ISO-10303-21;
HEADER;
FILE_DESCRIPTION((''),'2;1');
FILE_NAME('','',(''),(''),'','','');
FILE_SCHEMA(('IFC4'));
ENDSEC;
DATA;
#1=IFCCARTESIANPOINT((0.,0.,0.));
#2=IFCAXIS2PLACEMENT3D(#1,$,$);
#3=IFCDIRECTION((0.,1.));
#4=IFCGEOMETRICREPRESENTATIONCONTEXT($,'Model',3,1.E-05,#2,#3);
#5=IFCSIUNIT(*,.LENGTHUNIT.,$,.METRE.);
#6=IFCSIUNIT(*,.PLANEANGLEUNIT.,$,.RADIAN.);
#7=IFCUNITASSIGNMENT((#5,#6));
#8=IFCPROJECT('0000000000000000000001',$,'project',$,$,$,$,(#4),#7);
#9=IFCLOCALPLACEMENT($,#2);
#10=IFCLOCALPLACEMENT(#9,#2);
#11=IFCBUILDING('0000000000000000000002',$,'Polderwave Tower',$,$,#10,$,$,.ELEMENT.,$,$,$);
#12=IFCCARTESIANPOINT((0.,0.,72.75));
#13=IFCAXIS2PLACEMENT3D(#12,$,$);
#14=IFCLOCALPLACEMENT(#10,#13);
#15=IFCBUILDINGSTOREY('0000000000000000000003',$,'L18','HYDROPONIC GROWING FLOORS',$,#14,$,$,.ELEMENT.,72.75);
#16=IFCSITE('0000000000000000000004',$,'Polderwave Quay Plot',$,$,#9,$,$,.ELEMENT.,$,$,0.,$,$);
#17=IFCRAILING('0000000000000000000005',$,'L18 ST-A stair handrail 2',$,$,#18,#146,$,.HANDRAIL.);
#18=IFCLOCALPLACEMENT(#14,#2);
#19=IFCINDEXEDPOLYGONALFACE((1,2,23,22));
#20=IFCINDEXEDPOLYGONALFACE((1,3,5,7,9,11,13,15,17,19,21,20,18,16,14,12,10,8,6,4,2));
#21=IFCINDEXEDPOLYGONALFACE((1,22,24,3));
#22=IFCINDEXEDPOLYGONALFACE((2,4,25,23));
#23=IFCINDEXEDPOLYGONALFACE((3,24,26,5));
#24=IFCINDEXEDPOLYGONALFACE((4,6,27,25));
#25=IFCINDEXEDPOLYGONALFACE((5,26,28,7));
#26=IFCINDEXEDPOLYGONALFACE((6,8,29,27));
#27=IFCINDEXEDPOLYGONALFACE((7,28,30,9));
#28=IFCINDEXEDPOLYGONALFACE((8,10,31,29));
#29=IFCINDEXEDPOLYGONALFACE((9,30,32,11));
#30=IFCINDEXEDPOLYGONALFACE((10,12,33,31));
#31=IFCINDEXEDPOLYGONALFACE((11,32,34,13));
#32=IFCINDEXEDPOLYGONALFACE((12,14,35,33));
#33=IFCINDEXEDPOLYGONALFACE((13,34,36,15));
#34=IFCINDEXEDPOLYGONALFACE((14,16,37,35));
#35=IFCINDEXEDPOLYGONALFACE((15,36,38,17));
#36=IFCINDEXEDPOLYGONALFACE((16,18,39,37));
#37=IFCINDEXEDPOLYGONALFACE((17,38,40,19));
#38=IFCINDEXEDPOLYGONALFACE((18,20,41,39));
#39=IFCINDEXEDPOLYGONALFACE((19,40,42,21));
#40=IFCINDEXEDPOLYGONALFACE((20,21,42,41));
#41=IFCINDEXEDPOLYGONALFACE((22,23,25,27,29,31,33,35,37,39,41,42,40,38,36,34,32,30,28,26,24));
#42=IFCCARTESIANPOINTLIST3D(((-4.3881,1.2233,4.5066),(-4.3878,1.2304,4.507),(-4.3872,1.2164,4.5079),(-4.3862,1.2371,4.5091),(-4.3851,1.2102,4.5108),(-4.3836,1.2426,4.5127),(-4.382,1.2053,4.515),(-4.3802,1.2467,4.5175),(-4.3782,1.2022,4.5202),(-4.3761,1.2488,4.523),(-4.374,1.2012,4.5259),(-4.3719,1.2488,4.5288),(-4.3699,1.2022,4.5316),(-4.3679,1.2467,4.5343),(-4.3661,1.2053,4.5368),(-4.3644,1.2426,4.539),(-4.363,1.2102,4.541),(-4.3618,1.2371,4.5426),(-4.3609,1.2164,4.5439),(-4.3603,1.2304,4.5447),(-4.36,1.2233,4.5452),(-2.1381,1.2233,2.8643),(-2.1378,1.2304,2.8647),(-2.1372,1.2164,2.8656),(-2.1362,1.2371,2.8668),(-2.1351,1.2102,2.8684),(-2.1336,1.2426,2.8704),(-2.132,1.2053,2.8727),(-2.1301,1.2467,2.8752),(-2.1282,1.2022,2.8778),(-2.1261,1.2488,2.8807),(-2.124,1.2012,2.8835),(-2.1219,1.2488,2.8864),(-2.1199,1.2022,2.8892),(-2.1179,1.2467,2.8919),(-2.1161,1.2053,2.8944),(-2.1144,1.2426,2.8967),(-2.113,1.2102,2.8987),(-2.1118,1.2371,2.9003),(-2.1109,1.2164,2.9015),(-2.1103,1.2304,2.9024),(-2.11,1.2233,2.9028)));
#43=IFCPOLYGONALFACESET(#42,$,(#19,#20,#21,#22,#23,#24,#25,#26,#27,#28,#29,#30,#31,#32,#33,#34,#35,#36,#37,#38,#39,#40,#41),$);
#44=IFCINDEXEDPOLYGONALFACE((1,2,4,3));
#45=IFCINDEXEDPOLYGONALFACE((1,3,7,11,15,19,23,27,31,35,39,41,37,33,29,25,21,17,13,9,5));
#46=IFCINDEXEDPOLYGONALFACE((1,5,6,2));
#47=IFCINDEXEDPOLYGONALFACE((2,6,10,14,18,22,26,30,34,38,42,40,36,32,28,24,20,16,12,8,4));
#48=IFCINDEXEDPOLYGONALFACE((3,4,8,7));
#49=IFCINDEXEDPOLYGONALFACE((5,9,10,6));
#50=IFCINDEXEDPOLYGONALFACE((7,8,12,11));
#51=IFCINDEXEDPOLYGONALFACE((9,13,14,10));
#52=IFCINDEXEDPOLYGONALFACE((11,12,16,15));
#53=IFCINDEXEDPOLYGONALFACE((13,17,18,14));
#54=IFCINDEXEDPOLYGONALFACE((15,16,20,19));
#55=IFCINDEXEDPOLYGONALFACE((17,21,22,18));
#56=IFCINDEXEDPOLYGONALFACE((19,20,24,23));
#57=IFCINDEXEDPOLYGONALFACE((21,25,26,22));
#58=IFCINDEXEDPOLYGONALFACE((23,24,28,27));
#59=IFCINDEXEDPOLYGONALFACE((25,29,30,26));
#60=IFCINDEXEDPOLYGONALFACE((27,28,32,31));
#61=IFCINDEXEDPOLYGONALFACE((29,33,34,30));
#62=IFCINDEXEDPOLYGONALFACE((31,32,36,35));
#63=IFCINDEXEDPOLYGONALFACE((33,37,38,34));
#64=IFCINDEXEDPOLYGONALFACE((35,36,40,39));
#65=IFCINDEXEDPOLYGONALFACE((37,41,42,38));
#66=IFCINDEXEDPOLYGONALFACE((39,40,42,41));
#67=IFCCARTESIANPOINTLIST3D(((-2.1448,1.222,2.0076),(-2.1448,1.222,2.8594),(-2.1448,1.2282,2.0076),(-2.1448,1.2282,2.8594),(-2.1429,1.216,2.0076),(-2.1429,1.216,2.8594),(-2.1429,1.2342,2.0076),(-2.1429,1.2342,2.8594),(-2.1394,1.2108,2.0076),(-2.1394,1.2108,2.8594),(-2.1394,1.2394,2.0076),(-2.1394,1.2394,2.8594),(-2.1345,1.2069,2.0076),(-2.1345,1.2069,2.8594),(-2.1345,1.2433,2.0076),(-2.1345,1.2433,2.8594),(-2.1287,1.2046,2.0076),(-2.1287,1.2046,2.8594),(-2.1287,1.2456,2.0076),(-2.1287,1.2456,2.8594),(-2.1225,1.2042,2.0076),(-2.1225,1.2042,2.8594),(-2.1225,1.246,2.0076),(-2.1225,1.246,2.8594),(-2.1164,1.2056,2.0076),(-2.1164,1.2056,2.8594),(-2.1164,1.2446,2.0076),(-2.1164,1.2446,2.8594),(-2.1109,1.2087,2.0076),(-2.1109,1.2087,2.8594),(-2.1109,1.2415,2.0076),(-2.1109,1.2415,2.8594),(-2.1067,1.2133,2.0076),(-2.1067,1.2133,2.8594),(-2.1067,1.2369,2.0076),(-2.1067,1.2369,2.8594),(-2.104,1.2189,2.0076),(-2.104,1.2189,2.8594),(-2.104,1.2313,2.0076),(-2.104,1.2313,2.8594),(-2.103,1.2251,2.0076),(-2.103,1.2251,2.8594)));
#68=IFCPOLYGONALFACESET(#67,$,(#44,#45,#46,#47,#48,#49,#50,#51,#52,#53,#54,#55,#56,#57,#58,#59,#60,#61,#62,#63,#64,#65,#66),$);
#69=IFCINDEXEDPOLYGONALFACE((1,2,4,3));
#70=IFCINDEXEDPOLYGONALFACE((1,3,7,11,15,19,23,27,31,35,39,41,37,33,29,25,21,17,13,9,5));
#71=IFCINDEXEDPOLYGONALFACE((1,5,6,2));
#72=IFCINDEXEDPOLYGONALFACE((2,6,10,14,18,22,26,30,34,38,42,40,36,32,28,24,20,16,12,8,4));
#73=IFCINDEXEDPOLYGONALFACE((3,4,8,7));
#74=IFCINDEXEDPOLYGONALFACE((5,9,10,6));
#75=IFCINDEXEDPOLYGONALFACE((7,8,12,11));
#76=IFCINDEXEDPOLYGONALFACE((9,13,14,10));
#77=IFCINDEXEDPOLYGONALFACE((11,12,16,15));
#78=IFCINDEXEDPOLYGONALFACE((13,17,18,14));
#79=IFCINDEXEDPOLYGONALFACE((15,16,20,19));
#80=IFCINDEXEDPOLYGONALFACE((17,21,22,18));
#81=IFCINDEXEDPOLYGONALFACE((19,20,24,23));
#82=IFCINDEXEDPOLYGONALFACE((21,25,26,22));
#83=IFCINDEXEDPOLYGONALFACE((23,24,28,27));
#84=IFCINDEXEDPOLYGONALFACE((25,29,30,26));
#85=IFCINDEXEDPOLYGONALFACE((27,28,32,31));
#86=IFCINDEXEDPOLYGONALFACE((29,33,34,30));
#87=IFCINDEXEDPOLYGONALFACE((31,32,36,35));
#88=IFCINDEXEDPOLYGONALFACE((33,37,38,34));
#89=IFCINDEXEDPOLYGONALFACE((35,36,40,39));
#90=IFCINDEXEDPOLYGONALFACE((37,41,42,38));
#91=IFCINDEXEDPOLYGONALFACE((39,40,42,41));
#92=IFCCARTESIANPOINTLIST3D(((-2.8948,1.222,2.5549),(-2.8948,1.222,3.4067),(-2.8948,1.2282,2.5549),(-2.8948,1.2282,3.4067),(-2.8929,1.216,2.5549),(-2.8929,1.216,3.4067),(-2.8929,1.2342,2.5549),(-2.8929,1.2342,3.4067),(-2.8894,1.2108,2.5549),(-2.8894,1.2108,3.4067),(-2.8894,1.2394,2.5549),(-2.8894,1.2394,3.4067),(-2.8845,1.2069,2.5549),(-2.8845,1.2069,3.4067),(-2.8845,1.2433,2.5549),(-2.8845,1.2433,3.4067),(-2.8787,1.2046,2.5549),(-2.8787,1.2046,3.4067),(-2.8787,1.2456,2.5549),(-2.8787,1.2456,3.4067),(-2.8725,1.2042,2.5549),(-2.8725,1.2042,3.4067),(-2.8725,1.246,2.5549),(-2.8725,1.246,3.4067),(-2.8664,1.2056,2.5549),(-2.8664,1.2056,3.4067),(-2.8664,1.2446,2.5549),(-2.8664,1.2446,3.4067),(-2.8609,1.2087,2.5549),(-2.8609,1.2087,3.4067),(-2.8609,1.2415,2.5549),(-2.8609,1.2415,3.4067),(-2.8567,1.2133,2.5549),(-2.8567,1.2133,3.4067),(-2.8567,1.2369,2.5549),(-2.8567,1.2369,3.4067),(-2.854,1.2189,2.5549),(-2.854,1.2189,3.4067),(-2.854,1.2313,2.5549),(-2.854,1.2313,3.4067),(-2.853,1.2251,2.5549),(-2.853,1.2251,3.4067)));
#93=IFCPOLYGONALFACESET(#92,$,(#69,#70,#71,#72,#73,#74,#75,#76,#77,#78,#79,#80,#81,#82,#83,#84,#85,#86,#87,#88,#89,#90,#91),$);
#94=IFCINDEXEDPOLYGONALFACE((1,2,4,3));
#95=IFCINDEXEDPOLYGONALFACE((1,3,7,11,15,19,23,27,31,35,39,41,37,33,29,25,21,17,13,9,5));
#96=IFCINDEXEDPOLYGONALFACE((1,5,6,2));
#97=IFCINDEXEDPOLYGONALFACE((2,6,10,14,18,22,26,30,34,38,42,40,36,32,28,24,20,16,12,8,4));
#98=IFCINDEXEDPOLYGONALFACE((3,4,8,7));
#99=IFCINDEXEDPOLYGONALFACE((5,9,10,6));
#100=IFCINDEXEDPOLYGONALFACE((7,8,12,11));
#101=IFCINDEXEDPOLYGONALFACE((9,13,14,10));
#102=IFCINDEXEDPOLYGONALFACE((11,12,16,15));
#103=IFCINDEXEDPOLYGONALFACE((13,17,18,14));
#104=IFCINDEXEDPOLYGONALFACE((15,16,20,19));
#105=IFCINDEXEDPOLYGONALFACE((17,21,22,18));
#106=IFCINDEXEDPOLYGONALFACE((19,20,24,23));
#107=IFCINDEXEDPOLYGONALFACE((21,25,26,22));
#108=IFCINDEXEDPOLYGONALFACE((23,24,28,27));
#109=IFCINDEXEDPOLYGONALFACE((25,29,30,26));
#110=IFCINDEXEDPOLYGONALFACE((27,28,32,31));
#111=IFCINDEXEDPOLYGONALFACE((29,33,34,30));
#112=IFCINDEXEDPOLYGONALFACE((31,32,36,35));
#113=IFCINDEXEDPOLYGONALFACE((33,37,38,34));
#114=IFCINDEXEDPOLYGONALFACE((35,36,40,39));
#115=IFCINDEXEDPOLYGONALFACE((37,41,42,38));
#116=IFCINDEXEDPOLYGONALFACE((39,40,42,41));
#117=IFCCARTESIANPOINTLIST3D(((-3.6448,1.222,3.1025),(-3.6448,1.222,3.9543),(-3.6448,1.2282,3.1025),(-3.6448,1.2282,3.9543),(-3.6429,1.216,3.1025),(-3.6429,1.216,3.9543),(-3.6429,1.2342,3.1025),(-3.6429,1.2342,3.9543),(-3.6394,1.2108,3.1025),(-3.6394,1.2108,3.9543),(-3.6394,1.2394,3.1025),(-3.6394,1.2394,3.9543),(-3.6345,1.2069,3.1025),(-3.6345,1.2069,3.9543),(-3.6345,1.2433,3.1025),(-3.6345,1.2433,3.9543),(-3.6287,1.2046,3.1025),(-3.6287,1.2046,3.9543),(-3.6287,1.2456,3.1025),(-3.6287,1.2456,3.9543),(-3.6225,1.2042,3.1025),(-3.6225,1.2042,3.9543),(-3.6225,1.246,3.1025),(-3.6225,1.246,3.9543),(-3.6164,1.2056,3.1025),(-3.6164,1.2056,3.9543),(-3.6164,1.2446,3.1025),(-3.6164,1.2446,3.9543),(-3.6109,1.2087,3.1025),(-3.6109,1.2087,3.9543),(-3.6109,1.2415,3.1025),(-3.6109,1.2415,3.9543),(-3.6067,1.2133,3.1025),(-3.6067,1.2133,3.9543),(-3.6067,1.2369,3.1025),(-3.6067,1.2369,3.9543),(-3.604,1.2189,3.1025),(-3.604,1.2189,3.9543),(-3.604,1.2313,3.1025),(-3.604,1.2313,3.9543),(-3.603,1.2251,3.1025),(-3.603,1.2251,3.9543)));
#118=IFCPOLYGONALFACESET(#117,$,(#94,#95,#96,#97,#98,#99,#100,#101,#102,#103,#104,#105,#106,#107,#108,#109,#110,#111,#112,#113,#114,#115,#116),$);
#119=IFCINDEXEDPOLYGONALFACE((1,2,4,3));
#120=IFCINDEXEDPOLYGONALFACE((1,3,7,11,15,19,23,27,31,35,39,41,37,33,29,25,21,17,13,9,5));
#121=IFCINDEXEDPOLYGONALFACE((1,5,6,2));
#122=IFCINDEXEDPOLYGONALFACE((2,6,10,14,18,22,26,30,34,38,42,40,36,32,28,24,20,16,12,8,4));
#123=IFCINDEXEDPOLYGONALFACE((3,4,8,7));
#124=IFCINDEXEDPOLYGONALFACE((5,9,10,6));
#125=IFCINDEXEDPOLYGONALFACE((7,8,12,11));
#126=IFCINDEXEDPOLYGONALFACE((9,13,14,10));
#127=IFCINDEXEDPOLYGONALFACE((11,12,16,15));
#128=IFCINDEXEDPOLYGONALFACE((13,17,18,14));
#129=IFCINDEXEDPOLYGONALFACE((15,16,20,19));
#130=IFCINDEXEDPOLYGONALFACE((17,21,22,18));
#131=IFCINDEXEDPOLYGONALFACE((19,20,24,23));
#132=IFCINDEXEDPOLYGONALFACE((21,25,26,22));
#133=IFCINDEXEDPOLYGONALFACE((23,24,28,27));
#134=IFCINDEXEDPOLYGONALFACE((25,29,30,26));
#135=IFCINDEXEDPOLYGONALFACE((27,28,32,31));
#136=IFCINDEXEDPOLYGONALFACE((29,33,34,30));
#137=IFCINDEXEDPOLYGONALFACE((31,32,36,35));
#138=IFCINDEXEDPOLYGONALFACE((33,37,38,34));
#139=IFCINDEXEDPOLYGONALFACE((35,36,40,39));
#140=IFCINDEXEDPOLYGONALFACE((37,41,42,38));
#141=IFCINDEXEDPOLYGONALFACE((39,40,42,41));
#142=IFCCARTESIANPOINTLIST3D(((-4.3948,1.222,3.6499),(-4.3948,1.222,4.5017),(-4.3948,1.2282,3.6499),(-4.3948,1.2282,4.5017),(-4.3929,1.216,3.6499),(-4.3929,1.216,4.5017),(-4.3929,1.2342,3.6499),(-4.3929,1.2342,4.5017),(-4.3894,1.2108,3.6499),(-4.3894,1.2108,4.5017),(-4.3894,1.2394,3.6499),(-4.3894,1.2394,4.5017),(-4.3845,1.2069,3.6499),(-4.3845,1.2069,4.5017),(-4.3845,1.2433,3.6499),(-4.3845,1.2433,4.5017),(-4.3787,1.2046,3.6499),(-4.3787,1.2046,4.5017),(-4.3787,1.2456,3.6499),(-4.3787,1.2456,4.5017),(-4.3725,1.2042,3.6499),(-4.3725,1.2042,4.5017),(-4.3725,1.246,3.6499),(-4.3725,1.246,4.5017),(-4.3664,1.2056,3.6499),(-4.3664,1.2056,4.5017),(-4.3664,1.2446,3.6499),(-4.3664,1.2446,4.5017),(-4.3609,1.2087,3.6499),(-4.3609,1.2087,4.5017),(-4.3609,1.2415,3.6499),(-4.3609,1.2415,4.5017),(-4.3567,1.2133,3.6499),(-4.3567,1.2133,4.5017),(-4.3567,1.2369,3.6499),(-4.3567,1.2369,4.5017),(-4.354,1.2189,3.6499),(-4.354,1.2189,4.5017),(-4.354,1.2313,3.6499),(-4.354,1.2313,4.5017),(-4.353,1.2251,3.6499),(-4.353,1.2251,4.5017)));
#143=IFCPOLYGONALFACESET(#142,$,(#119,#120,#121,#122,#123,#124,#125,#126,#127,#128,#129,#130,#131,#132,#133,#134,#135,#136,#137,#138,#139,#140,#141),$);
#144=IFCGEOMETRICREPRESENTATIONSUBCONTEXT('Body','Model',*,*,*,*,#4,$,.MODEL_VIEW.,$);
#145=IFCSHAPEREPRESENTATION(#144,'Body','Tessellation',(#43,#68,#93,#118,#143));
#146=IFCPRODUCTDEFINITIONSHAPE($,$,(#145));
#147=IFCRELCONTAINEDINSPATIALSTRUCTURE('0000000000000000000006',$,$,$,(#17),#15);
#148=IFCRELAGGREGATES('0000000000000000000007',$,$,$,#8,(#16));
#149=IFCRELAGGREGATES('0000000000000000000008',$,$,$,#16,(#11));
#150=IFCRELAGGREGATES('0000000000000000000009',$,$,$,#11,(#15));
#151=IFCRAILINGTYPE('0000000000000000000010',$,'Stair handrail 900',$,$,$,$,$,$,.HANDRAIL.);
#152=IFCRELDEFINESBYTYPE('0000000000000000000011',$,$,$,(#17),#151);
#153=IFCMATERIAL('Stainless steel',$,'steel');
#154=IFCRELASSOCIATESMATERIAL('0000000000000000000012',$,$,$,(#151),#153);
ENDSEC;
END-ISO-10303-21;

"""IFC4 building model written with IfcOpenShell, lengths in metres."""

from ifc_helpers import new_model, si_unit, direction, frame, origin, origin_2d, place, context, subcontext, project, spatial, circle, extrude, material, type_object, element, save


model = new_model("IFC4")

# Units and contexts
model_context = context("Model", 3, precision=1e-05, world=origin(), true_north=direction((0.0, 1.0)))
body_context = subcontext(model_context, "Body", "Model", "MODEL_VIEW")
ifc_project = project(units=[si_unit("LENGTHUNIT", "METRE"), si_unit("PLANEANGLEUNIT", "RADIAN")], contexts=[model_context])

# Site, building, storey
site_placement = place(None, origin())
site = spatial("IfcSite", under=ifc_project, at=site_placement, Name="Polderwave Quay Plot", CompositionType="ELEMENT", RefElevation=0.0)
building_placement = place(site_placement, origin())
building = spatial("IfcBuilding", under=site, at=building_placement, Name="Polderwave Tower", CompositionType="ELEMENT")
storey_placement = place(building_placement, frame((0.0, 0.0, 72.75)))
storey = spatial("IfcBuildingStorey", under=building, at=storey_placement, Name="L18", Description="HYDROPONIC GROWING FLOORS", CompositionType="ELEMENT", Elevation=72.75)

# Railing
ifc_material_1 = material(Name="Stainless steel", Category="steel")
railing_type_1 = type_object("IfcRailingType", Name="Stair handrail 900", PredefinedType="HANDRAIL", material=ifc_material_1)
railing_1_placement = place(storey_placement, frame((-2.124, 1.2251, 2.0076)))
element("IfcRailing", 1, at=railing_1_placement, inside=storey, type_object=railing_type_1, Name="L18 ST-A stair handrail 2", PredefinedType="HANDRAIL", context=body_context, shape_type="SweptSolid", body=[
    extrude(circle(Radius=0.0239, at=origin_2d()), frame((0.0, 0.0, 0.876), z_axis=(-0.807715, 0.0, 0.589573), x_axis=(0.0, -1.0, 0.0)), (0.0, 0.0, 1.0), 2.7856),
    extrude(circle(Radius=0.021, at=origin_2d()), origin(), (0.0, 0.0, 1.0), 0.8518),
    extrude(circle(Radius=0.021, at=origin_2d()), frame((-0.75, 0.0, 0.5474)), (0.0, 0.0, 1.0), 0.8518),
    extrude(circle(Radius=0.021, at=origin_2d()), frame((-1.5, 0.0, 1.095)), (0.0, 0.0, 1.0), 0.8518),
    extrude(circle(Radius=0.021, at=origin_2d()), frame((-2.25, 0.0, 1.6423)), (0.0, 0.0, 1.0), 0.8518),
])

save(model, "model.ifc")
